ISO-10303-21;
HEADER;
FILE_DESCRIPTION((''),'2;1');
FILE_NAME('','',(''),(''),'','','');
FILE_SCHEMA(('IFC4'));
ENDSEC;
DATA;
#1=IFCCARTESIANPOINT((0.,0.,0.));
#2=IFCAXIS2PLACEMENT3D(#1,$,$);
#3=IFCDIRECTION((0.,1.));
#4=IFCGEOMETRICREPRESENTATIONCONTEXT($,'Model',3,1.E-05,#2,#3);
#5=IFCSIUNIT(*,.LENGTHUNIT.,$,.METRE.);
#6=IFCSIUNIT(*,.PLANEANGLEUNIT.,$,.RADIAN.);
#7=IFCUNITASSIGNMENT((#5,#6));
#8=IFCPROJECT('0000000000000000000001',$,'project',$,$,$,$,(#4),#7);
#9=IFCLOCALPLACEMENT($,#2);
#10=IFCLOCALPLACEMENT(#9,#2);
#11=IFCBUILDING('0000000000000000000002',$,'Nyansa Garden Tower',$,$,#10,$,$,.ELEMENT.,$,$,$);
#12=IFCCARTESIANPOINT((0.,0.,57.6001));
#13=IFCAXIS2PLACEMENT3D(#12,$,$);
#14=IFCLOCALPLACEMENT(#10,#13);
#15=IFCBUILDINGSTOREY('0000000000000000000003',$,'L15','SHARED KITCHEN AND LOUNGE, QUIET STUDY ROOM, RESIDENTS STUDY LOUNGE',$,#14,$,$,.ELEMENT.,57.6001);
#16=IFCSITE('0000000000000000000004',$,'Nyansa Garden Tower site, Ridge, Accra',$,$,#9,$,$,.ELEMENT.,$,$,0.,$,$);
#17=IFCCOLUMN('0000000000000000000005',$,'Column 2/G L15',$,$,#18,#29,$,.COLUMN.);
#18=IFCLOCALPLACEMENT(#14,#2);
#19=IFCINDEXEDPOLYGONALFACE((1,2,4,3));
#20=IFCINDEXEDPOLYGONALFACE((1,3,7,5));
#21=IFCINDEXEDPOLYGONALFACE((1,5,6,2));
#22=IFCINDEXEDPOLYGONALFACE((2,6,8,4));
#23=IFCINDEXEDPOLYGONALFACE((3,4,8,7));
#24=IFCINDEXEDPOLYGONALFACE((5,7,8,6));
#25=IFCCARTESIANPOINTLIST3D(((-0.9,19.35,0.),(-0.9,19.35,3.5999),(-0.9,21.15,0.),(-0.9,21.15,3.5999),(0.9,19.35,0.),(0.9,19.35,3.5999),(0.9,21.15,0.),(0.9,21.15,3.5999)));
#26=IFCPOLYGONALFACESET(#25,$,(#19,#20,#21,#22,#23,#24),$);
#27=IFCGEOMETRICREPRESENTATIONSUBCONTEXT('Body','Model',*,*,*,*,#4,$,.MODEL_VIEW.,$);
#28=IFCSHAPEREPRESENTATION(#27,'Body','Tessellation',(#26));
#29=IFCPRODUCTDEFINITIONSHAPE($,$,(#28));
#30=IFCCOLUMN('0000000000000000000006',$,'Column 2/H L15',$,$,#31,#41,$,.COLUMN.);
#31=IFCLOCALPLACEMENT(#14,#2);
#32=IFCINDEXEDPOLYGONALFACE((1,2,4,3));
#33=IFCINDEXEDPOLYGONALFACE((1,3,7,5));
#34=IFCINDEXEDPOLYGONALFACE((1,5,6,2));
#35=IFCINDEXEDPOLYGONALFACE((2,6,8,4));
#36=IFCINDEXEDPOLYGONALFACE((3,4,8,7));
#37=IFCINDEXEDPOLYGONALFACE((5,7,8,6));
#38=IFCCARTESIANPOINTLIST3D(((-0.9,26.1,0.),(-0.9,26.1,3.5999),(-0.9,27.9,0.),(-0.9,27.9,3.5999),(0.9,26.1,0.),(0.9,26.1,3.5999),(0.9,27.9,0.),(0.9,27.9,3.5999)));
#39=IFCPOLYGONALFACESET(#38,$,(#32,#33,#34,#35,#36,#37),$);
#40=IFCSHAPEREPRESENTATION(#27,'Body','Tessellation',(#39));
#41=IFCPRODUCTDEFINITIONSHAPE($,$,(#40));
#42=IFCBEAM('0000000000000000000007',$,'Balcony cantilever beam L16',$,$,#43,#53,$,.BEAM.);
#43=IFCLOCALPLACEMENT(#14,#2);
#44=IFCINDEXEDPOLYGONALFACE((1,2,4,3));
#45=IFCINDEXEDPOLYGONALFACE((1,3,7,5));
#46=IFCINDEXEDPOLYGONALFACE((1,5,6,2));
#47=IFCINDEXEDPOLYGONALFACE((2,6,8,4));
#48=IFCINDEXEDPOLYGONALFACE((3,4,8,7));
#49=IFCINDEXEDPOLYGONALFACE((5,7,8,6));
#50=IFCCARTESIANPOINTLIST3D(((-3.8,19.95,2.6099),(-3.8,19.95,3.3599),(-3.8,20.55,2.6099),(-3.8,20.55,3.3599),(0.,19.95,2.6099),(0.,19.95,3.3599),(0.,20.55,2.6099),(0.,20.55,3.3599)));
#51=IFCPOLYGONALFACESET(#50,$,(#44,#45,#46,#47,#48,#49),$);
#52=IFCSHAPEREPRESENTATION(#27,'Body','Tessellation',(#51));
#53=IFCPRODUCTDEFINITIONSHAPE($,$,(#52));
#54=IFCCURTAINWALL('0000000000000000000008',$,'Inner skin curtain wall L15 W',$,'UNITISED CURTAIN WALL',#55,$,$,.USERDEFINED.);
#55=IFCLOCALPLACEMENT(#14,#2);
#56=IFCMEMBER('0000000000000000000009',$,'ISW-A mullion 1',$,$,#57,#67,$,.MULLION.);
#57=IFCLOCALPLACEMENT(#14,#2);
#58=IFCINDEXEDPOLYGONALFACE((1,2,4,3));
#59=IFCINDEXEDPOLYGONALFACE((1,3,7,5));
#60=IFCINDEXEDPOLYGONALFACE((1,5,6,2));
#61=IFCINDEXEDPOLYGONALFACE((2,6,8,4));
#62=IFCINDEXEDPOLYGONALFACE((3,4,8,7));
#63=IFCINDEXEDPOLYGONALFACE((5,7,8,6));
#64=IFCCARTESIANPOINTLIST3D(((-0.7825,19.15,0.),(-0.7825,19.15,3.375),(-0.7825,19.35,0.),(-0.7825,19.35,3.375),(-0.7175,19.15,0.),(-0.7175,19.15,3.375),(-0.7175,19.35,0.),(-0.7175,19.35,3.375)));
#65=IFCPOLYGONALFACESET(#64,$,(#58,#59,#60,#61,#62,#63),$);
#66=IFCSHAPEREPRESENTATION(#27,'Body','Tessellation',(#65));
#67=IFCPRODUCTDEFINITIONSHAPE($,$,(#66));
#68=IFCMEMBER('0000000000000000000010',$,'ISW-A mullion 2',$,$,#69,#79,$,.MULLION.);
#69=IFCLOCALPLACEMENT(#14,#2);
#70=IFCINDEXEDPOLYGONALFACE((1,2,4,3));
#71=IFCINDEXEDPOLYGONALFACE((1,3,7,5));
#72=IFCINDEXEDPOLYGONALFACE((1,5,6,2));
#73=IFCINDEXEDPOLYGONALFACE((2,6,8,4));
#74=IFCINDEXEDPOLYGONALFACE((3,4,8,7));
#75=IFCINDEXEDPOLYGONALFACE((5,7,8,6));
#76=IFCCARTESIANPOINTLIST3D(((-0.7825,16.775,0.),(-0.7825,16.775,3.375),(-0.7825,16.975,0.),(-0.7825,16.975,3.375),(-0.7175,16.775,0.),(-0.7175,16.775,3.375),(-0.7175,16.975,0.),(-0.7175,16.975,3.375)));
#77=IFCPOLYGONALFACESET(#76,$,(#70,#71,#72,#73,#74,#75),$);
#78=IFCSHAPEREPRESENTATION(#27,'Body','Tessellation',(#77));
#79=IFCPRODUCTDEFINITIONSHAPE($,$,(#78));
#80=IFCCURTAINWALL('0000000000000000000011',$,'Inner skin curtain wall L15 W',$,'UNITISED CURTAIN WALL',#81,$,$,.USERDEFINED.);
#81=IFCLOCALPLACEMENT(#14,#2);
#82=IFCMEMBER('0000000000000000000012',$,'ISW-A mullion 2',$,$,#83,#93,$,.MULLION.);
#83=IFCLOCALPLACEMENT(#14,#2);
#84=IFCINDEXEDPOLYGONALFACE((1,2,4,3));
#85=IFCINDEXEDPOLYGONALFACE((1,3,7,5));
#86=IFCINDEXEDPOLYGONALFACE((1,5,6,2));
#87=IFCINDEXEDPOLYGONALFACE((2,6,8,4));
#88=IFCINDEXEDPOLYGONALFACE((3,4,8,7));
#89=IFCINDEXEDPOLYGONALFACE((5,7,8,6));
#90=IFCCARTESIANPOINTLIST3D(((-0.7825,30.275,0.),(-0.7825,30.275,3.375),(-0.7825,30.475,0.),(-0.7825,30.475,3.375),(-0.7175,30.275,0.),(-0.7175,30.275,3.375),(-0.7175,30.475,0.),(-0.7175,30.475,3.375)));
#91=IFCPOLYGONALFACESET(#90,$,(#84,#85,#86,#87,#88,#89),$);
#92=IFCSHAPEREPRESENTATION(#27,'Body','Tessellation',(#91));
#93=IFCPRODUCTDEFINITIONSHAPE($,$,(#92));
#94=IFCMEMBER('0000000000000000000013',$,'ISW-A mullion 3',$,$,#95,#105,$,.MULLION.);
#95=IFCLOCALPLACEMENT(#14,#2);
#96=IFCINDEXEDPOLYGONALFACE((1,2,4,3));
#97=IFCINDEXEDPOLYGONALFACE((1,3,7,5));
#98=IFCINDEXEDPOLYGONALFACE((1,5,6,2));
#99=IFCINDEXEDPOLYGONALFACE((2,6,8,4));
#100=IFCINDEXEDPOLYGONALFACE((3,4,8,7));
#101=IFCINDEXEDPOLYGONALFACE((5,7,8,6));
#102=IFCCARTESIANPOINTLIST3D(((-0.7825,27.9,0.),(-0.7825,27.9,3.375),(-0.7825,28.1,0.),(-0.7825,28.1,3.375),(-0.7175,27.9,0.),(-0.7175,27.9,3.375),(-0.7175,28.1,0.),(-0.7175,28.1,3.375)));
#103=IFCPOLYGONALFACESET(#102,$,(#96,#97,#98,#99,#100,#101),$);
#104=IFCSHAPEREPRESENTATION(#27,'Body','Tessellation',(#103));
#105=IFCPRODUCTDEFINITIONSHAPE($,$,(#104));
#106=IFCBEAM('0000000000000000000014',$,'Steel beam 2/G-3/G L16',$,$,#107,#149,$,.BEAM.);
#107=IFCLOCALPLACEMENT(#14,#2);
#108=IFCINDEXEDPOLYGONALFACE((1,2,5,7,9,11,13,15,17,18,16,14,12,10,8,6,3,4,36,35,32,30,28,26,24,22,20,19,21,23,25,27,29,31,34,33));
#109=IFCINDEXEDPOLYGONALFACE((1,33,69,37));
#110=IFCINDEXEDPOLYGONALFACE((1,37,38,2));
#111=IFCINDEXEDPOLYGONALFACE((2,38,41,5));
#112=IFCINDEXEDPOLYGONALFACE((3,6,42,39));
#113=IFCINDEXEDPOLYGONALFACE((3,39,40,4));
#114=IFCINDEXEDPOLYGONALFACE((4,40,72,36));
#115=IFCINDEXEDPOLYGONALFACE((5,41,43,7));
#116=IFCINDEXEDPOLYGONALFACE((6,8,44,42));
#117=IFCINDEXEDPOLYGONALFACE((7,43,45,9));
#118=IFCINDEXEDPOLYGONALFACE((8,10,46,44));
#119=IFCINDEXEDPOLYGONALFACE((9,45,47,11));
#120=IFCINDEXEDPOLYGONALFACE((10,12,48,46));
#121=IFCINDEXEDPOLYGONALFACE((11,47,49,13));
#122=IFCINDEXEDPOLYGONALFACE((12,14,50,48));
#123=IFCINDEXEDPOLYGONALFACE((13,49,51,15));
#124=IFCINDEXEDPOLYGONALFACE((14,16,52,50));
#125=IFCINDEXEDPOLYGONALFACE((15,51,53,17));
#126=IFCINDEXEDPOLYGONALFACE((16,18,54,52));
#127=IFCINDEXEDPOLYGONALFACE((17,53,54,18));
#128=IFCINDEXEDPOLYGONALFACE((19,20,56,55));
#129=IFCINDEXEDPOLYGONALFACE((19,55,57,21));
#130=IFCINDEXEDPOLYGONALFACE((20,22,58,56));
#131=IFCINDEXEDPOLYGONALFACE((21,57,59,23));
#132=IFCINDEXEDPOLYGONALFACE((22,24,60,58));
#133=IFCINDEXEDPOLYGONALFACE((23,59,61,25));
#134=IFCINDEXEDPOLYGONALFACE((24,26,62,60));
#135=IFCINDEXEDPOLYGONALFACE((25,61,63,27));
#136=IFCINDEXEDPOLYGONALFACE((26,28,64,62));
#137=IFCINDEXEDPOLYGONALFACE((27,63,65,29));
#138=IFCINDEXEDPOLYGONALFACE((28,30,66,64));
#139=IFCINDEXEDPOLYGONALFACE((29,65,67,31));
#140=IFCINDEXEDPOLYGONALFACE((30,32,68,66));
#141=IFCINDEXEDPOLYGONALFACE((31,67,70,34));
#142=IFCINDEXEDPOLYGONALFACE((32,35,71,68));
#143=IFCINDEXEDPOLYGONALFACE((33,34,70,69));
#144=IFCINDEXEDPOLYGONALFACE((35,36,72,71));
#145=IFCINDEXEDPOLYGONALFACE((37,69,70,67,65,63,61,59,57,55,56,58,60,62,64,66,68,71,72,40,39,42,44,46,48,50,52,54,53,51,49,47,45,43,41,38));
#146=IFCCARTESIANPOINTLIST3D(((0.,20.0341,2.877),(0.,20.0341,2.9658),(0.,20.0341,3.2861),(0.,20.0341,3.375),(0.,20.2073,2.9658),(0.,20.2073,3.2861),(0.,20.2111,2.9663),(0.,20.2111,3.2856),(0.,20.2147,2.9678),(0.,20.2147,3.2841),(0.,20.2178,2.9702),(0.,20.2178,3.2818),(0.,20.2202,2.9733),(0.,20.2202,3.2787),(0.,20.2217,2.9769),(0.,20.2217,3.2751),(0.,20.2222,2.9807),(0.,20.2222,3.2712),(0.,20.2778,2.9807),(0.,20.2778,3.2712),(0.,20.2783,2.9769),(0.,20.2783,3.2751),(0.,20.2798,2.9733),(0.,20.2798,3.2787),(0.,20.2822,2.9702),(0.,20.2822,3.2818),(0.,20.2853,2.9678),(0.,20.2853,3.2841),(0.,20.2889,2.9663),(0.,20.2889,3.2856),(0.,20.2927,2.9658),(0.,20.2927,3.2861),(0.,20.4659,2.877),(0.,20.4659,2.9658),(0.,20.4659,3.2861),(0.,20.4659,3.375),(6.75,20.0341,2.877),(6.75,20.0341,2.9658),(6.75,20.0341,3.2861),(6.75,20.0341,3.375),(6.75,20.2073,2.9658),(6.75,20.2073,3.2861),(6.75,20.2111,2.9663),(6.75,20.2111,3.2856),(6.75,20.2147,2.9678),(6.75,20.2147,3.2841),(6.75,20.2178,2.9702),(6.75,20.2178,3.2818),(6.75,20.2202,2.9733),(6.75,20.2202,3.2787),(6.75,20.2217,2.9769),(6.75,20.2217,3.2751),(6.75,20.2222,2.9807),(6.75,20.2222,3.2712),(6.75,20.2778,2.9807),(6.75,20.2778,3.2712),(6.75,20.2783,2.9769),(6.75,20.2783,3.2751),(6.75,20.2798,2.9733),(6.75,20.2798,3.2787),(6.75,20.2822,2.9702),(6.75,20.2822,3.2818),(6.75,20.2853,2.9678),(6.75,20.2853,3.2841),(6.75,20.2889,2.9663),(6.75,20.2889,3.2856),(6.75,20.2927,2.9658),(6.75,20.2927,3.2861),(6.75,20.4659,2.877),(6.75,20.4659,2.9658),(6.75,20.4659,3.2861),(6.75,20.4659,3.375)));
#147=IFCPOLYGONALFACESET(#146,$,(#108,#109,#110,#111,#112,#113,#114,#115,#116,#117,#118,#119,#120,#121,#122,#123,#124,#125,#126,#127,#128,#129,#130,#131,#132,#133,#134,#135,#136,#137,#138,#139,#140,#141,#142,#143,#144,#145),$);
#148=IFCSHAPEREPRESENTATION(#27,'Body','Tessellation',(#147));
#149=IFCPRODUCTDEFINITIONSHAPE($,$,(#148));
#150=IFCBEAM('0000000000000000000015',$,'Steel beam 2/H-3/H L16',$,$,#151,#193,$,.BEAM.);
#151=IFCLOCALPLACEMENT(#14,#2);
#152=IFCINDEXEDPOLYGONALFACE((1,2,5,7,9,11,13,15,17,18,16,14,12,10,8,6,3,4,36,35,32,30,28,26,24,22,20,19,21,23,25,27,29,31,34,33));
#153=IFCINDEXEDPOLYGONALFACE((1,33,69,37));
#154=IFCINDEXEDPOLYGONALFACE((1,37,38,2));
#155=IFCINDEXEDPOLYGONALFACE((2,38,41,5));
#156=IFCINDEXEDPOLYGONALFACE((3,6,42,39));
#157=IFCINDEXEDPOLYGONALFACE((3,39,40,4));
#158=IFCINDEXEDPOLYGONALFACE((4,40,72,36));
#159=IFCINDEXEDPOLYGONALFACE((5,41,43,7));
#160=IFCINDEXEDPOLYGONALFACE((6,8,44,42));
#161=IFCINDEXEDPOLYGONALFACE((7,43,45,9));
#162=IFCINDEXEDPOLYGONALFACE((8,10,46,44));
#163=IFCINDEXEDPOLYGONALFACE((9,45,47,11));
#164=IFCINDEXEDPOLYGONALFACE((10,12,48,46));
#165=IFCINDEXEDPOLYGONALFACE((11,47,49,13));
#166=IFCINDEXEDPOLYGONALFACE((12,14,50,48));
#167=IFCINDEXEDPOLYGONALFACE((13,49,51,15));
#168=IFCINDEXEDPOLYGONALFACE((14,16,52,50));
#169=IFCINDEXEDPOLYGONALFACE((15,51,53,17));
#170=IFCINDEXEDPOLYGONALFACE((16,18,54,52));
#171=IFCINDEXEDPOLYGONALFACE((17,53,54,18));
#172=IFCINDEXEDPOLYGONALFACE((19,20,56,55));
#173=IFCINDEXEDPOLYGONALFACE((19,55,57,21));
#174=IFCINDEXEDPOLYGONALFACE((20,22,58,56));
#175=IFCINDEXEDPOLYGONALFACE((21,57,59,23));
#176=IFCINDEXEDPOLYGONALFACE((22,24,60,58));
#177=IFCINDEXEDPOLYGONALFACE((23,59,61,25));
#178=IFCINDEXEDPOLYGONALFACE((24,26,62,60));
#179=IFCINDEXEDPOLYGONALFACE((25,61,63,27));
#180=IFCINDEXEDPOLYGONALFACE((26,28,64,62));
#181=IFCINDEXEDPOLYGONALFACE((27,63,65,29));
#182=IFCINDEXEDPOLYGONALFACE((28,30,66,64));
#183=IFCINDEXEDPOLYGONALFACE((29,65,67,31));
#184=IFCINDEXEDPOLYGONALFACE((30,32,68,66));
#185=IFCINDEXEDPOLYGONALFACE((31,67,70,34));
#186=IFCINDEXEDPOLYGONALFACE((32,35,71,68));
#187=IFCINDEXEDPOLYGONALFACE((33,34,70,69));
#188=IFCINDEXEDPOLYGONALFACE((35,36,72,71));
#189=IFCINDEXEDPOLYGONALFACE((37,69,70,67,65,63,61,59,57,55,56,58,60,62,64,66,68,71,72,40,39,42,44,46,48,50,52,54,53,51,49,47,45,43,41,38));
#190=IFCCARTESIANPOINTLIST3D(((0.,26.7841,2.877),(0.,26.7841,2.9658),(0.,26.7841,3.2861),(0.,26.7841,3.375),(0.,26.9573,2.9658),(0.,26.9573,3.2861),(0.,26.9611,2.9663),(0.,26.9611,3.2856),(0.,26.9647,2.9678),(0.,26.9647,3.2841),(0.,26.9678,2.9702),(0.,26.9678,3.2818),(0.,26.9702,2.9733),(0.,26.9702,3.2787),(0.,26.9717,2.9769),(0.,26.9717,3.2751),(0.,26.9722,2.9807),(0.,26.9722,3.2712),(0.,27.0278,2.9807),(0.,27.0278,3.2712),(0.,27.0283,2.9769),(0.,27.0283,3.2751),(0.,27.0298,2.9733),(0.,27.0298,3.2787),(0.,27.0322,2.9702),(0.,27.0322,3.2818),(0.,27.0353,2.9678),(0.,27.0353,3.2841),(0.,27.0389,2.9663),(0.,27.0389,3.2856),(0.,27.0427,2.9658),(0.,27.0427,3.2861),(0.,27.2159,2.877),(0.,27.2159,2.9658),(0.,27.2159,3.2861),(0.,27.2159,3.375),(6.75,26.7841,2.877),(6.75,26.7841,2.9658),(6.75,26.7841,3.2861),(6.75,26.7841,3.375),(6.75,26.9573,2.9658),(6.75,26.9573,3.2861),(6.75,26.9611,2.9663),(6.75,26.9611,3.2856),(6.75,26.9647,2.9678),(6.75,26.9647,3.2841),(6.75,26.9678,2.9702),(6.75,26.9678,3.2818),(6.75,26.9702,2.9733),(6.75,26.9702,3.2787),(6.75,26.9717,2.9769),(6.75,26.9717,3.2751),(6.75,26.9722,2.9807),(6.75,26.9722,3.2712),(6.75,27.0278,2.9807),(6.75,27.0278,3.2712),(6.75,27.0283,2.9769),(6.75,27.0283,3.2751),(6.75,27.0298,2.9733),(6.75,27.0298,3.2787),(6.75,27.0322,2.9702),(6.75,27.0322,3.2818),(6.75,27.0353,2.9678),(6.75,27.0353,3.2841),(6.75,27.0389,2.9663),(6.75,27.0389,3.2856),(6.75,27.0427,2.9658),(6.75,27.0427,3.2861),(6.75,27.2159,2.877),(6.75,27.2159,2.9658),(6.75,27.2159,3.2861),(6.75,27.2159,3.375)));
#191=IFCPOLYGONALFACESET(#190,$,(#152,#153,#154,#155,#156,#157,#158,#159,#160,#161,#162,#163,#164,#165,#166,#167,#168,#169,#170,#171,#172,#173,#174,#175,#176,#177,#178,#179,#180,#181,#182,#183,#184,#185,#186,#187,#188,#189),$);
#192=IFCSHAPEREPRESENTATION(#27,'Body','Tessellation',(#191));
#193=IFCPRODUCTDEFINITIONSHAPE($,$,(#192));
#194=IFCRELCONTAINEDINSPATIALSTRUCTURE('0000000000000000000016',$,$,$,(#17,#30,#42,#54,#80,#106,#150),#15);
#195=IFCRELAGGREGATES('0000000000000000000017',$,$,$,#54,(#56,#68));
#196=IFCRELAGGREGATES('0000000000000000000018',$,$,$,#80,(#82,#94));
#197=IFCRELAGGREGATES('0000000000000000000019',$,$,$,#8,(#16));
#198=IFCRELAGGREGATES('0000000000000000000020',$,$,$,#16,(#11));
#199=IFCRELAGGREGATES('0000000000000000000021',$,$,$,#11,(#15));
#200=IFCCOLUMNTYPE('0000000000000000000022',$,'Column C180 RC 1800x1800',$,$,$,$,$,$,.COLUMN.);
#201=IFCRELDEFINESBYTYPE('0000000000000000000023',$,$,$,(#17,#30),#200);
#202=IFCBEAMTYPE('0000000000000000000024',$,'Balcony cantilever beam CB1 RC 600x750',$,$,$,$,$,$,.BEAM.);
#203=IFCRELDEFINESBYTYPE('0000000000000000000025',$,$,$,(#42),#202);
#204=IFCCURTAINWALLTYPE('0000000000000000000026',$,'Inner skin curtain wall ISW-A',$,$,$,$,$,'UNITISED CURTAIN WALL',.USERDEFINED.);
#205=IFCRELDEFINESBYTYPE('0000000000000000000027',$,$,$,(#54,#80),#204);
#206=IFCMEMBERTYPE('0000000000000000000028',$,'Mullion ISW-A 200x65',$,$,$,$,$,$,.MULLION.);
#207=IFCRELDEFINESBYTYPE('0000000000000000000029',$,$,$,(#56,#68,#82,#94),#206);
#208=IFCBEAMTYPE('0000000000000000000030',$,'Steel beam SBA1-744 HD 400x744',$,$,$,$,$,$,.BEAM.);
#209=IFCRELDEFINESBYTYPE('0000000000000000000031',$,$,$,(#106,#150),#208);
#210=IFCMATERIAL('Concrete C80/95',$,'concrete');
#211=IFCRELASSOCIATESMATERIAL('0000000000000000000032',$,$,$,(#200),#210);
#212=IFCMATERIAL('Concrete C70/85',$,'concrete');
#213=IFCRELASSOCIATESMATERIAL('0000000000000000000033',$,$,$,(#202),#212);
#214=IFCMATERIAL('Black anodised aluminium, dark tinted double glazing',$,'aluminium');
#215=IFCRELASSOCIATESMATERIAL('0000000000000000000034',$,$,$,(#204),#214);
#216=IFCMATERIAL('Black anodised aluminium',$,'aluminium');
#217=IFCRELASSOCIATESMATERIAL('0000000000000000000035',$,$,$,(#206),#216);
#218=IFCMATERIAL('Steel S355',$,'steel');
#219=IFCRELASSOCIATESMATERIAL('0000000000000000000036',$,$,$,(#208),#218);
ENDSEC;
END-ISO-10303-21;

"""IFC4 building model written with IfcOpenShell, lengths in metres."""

from ifc_helpers import new_model, si_unit, direction, frame, origin, origin_2d, place, context, subcontext, project, spatial, rectangle, i_section, extrude, material, material_profile, profile_set, type_object, element, aggregate, save


model = new_model("IFC4")

# Units and contexts
model_context = context("Model", 3, precision=1e-05, world=origin(), true_north=direction((0.0, 1.0)))
body_context = subcontext(model_context, "Body", "Model", "MODEL_VIEW")
ifc_project = project(units=[si_unit("LENGTHUNIT", "METRE"), si_unit("PLANEANGLEUNIT", "RADIAN")], contexts=[model_context])

# Site, building, storey
site_placement = place(None, origin())
site = spatial("IfcSite", under=ifc_project, at=site_placement, Name="Nyansa Garden Tower site, Ridge, Accra", CompositionType="ELEMENT", RefElevation=0.0)
building_placement = place(site_placement, origin())
building = spatial("IfcBuilding", under=site, at=building_placement, Name="Nyansa Garden Tower", CompositionType="ELEMENT")
storey_placement = place(building_placement, frame((0.0, 0.0, 57.6001)))
storey = spatial("IfcBuildingStorey", under=building, at=storey_placement, Name="L15", Description="SHARED KITCHEN AND LOUNGE, QUIET STUDY ROOM, RESIDENTS STUDY LOUNGE", CompositionType="ELEMENT", Elevation=57.6001)

# Columns
ifc_material_1 = material(Name="Concrete C80/95", Category="concrete")
ifc_material_profile_1 = material_profile(ifc_material_1, rectangle(XDim=1.8, YDim=1.8, at=origin_2d()), Name="RC 1800x1800")
ifc_profile_set_1 = profile_set([ifc_material_profile_1], Name="Concrete C80/95")
column_type = type_object("IfcColumnType", Name="Column C180 RC 1800x1800", PredefinedType="COLUMN", material=ifc_profile_set_1)
for number, where, z_axis, x_axis, name in (
    (1, (0.0, 20.25, 0.0), (0.0, 0.0, 1.0), (1.0, 0.0, 0.0), "Column 2/G L15"),
    (2, (0.0, 27.0, 0.0), (0.0, 0.0, 1.0), (1.0, 0.0, 0.0), "Column 2/H L15"),
):
    element("IfcColumn", number, at=place(storey_placement, frame(where, z_axis=z_axis, x_axis=x_axis)), inside=storey, type_object=column_type, Name=name, PredefinedType="COLUMN", context=body_context, shape_type="SweptSolid", body=[
        extrude(rectangle(XDim=1.8, YDim=1.8, at=origin_2d()), origin(), (0.0, 0.0, 1.0), 3.5999),
    ])

# Beam
ifc_material_2 = material(Name="Concrete C70/85", Category="concrete")
ifc_material_profile_2 = material_profile(ifc_material_2, rectangle(XDim=0.6001, YDim=0.75, at=origin_2d()), Name="RC 600x750")
ifc_profile_set_2 = profile_set([ifc_material_profile_2], Name="Concrete C70/85")
beam_type_1 = type_object("IfcBeamType", Name="Balcony cantilever beam CB1 RC 600x750", PredefinedType="BEAM", material=ifc_profile_set_2)
beam_placement = place(storey_placement, frame((0.0, 20.25, 2.9849), z_axis=(-1.0, 0.0, 0.0), x_axis=(0.0, -1.0, 0.0)))
element("IfcBeam", 3, at=beam_placement, inside=storey, type_object=beam_type_1, Name="Balcony cantilever beam L16", PredefinedType="BEAM", context=body_context, shape_type="SweptSolid", body=[
    extrude(rectangle(XDim=0.6001, YDim=0.75, at=origin_2d()), origin(), (0.0, 0.0, 1.0), 3.8),
])

# Curtain walls, members
ifc_material_3 = material(Name="Black anodised aluminium, dark tinted double glazing", Category="aluminium")
curtain_wall_type = type_object("IfcCurtainWallType", Name="Inner skin curtain wall ISW-A", ElementType="UNITISED CURTAIN WALL", PredefinedType="USERDEFINED", material=ifc_material_3)
curtain_wall_1_placement = place(storey_placement, origin())
curtain_wall_1 = element("IfcCurtainWall", 4, at=curtain_wall_1_placement, inside=storey, type_object=curtain_wall_type, Name="Inner skin curtain wall L15 W", ObjectType="UNITISED CURTAIN WALL", PredefinedType="USERDEFINED")
ifc_material_4 = material(Name="Black anodised aluminium", Category="aluminium")
ifc_material_profile_3 = material_profile(ifc_material_4, rectangle(XDim=0.0649, YDim=0.2, at=origin_2d()), Name="Mullion 200x65")
ifc_profile_set_3 = profile_set([ifc_material_profile_3], Name="Black anodised aluminium")
member_type_1 = type_object("IfcMemberType", Name="Mullion ISW-A 200x65", PredefinedType="MULLION", material=ifc_profile_set_3)
member_1_placement = place(storey_placement, frame((-0.75, 19.25, 0.0), z_axis=(0.0, 0.0, 1.0), x_axis=(1.0, 0.0, 0.0)))
member_1 = element("IfcMember", 5, at=member_1_placement, type_object=member_type_1, Name="ISW-A mullion 1", PredefinedType="MULLION", context=body_context, shape_type="SweptSolid", body=[
    extrude(rectangle(XDim=0.0649, YDim=0.2, at=origin_2d()), origin(), (0.0, 0.0, 1.0), 3.375),
])
member_2_placement = place(storey_placement, frame((-0.75, 16.875, 0.0), z_axis=(0.0, 0.0, 1.0), x_axis=(1.0, 0.0, 0.0)))
member_2 = element("IfcMember", 6, at=member_2_placement, type_object=member_type_1, Name="ISW-A mullion 2", PredefinedType="MULLION", context=body_context, shape_type="SweptSolid", body=[
    extrude(rectangle(XDim=0.0649, YDim=0.2, at=origin_2d()), origin(), (0.0, 0.0, 1.0), 3.375),
])
curtain_wall_2_placement = place(storey_placement, origin())
curtain_wall_2 = element("IfcCurtainWall", 7, at=curtain_wall_2_placement, inside=storey, type_object=curtain_wall_type, Name="Inner skin curtain wall L15 W", ObjectType="UNITISED CURTAIN WALL", PredefinedType="USERDEFINED")
member_3_placement = place(storey_placement, frame((-0.75, 30.375, 0.0), z_axis=(0.0, 0.0, 1.0), x_axis=(1.0, 0.0, 0.0)))
member_3 = element("IfcMember", 8, at=member_3_placement, type_object=member_type_1, Name="ISW-A mullion 2", PredefinedType="MULLION", context=body_context, shape_type="SweptSolid", body=[
    extrude(rectangle(XDim=0.0649, YDim=0.2, at=origin_2d()), origin(), (0.0, 0.0, 1.0), 3.375),
])
member_4_placement = place(storey_placement, frame((-0.75, 28.0, 0.0), z_axis=(0.0, 0.0, 1.0), x_axis=(1.0, 0.0, 0.0)))
member_4 = element("IfcMember", 9, at=member_4_placement, type_object=member_type_1, Name="ISW-A mullion 3", PredefinedType="MULLION", context=body_context, shape_type="SweptSolid", body=[
    extrude(rectangle(XDim=0.0649, YDim=0.2, at=origin_2d()), origin(), (0.0, 0.0, 1.0), 3.375),
])

# Beams
ifc_material_5 = material(Name="Steel S355", Category="steel")
ifc_material_profile_4 = material_profile(ifc_material_5, i_section(OverallWidth=0.4319, OverallDepth=0.498, WebThickness=0.0557, FlangeThickness=0.0889, FilletRadius=0.0149, at=origin_2d()), Name="HD 400x744")
ifc_profile_set_4 = profile_set([ifc_material_profile_4], Name="Steel S355")
beam_type_2 = type_object("IfcBeamType", Name="Steel beam SBA1-744 HD 400x744", PredefinedType="BEAM", material=ifc_profile_set_4)
for number, where, z_axis, x_axis, name in (
    (10, (0.0, 20.25, 3.126), (1.0, 0.0, 0.0), (0.0, 1.0, 0.0), "Steel beam 2/G-3/G L16"),
    (11, (0.0, 27.0, 3.126), (1.0, 0.0, 0.0), (0.0, 1.0, 0.0), "Steel beam 2/H-3/H L16"),
):
    element("IfcBeam", number, at=place(storey_placement, frame(where, z_axis=z_axis, x_axis=x_axis)), inside=storey, type_object=beam_type_2, Name=name, PredefinedType="BEAM", context=body_context, shape_type="SweptSolid", body=[
        extrude(i_section(OverallWidth=0.4319, OverallDepth=0.498, WebThickness=0.0557, FlangeThickness=0.0889, FilletRadius=0.0149, at=origin_2d()), origin(), (0.0, 0.0, 1.0), 6.75),
    ])

aggregate(curtain_wall_1, [member_1, member_2])
aggregate(curtain_wall_2, [member_3, member_4])

save(model, "model.ifc")
